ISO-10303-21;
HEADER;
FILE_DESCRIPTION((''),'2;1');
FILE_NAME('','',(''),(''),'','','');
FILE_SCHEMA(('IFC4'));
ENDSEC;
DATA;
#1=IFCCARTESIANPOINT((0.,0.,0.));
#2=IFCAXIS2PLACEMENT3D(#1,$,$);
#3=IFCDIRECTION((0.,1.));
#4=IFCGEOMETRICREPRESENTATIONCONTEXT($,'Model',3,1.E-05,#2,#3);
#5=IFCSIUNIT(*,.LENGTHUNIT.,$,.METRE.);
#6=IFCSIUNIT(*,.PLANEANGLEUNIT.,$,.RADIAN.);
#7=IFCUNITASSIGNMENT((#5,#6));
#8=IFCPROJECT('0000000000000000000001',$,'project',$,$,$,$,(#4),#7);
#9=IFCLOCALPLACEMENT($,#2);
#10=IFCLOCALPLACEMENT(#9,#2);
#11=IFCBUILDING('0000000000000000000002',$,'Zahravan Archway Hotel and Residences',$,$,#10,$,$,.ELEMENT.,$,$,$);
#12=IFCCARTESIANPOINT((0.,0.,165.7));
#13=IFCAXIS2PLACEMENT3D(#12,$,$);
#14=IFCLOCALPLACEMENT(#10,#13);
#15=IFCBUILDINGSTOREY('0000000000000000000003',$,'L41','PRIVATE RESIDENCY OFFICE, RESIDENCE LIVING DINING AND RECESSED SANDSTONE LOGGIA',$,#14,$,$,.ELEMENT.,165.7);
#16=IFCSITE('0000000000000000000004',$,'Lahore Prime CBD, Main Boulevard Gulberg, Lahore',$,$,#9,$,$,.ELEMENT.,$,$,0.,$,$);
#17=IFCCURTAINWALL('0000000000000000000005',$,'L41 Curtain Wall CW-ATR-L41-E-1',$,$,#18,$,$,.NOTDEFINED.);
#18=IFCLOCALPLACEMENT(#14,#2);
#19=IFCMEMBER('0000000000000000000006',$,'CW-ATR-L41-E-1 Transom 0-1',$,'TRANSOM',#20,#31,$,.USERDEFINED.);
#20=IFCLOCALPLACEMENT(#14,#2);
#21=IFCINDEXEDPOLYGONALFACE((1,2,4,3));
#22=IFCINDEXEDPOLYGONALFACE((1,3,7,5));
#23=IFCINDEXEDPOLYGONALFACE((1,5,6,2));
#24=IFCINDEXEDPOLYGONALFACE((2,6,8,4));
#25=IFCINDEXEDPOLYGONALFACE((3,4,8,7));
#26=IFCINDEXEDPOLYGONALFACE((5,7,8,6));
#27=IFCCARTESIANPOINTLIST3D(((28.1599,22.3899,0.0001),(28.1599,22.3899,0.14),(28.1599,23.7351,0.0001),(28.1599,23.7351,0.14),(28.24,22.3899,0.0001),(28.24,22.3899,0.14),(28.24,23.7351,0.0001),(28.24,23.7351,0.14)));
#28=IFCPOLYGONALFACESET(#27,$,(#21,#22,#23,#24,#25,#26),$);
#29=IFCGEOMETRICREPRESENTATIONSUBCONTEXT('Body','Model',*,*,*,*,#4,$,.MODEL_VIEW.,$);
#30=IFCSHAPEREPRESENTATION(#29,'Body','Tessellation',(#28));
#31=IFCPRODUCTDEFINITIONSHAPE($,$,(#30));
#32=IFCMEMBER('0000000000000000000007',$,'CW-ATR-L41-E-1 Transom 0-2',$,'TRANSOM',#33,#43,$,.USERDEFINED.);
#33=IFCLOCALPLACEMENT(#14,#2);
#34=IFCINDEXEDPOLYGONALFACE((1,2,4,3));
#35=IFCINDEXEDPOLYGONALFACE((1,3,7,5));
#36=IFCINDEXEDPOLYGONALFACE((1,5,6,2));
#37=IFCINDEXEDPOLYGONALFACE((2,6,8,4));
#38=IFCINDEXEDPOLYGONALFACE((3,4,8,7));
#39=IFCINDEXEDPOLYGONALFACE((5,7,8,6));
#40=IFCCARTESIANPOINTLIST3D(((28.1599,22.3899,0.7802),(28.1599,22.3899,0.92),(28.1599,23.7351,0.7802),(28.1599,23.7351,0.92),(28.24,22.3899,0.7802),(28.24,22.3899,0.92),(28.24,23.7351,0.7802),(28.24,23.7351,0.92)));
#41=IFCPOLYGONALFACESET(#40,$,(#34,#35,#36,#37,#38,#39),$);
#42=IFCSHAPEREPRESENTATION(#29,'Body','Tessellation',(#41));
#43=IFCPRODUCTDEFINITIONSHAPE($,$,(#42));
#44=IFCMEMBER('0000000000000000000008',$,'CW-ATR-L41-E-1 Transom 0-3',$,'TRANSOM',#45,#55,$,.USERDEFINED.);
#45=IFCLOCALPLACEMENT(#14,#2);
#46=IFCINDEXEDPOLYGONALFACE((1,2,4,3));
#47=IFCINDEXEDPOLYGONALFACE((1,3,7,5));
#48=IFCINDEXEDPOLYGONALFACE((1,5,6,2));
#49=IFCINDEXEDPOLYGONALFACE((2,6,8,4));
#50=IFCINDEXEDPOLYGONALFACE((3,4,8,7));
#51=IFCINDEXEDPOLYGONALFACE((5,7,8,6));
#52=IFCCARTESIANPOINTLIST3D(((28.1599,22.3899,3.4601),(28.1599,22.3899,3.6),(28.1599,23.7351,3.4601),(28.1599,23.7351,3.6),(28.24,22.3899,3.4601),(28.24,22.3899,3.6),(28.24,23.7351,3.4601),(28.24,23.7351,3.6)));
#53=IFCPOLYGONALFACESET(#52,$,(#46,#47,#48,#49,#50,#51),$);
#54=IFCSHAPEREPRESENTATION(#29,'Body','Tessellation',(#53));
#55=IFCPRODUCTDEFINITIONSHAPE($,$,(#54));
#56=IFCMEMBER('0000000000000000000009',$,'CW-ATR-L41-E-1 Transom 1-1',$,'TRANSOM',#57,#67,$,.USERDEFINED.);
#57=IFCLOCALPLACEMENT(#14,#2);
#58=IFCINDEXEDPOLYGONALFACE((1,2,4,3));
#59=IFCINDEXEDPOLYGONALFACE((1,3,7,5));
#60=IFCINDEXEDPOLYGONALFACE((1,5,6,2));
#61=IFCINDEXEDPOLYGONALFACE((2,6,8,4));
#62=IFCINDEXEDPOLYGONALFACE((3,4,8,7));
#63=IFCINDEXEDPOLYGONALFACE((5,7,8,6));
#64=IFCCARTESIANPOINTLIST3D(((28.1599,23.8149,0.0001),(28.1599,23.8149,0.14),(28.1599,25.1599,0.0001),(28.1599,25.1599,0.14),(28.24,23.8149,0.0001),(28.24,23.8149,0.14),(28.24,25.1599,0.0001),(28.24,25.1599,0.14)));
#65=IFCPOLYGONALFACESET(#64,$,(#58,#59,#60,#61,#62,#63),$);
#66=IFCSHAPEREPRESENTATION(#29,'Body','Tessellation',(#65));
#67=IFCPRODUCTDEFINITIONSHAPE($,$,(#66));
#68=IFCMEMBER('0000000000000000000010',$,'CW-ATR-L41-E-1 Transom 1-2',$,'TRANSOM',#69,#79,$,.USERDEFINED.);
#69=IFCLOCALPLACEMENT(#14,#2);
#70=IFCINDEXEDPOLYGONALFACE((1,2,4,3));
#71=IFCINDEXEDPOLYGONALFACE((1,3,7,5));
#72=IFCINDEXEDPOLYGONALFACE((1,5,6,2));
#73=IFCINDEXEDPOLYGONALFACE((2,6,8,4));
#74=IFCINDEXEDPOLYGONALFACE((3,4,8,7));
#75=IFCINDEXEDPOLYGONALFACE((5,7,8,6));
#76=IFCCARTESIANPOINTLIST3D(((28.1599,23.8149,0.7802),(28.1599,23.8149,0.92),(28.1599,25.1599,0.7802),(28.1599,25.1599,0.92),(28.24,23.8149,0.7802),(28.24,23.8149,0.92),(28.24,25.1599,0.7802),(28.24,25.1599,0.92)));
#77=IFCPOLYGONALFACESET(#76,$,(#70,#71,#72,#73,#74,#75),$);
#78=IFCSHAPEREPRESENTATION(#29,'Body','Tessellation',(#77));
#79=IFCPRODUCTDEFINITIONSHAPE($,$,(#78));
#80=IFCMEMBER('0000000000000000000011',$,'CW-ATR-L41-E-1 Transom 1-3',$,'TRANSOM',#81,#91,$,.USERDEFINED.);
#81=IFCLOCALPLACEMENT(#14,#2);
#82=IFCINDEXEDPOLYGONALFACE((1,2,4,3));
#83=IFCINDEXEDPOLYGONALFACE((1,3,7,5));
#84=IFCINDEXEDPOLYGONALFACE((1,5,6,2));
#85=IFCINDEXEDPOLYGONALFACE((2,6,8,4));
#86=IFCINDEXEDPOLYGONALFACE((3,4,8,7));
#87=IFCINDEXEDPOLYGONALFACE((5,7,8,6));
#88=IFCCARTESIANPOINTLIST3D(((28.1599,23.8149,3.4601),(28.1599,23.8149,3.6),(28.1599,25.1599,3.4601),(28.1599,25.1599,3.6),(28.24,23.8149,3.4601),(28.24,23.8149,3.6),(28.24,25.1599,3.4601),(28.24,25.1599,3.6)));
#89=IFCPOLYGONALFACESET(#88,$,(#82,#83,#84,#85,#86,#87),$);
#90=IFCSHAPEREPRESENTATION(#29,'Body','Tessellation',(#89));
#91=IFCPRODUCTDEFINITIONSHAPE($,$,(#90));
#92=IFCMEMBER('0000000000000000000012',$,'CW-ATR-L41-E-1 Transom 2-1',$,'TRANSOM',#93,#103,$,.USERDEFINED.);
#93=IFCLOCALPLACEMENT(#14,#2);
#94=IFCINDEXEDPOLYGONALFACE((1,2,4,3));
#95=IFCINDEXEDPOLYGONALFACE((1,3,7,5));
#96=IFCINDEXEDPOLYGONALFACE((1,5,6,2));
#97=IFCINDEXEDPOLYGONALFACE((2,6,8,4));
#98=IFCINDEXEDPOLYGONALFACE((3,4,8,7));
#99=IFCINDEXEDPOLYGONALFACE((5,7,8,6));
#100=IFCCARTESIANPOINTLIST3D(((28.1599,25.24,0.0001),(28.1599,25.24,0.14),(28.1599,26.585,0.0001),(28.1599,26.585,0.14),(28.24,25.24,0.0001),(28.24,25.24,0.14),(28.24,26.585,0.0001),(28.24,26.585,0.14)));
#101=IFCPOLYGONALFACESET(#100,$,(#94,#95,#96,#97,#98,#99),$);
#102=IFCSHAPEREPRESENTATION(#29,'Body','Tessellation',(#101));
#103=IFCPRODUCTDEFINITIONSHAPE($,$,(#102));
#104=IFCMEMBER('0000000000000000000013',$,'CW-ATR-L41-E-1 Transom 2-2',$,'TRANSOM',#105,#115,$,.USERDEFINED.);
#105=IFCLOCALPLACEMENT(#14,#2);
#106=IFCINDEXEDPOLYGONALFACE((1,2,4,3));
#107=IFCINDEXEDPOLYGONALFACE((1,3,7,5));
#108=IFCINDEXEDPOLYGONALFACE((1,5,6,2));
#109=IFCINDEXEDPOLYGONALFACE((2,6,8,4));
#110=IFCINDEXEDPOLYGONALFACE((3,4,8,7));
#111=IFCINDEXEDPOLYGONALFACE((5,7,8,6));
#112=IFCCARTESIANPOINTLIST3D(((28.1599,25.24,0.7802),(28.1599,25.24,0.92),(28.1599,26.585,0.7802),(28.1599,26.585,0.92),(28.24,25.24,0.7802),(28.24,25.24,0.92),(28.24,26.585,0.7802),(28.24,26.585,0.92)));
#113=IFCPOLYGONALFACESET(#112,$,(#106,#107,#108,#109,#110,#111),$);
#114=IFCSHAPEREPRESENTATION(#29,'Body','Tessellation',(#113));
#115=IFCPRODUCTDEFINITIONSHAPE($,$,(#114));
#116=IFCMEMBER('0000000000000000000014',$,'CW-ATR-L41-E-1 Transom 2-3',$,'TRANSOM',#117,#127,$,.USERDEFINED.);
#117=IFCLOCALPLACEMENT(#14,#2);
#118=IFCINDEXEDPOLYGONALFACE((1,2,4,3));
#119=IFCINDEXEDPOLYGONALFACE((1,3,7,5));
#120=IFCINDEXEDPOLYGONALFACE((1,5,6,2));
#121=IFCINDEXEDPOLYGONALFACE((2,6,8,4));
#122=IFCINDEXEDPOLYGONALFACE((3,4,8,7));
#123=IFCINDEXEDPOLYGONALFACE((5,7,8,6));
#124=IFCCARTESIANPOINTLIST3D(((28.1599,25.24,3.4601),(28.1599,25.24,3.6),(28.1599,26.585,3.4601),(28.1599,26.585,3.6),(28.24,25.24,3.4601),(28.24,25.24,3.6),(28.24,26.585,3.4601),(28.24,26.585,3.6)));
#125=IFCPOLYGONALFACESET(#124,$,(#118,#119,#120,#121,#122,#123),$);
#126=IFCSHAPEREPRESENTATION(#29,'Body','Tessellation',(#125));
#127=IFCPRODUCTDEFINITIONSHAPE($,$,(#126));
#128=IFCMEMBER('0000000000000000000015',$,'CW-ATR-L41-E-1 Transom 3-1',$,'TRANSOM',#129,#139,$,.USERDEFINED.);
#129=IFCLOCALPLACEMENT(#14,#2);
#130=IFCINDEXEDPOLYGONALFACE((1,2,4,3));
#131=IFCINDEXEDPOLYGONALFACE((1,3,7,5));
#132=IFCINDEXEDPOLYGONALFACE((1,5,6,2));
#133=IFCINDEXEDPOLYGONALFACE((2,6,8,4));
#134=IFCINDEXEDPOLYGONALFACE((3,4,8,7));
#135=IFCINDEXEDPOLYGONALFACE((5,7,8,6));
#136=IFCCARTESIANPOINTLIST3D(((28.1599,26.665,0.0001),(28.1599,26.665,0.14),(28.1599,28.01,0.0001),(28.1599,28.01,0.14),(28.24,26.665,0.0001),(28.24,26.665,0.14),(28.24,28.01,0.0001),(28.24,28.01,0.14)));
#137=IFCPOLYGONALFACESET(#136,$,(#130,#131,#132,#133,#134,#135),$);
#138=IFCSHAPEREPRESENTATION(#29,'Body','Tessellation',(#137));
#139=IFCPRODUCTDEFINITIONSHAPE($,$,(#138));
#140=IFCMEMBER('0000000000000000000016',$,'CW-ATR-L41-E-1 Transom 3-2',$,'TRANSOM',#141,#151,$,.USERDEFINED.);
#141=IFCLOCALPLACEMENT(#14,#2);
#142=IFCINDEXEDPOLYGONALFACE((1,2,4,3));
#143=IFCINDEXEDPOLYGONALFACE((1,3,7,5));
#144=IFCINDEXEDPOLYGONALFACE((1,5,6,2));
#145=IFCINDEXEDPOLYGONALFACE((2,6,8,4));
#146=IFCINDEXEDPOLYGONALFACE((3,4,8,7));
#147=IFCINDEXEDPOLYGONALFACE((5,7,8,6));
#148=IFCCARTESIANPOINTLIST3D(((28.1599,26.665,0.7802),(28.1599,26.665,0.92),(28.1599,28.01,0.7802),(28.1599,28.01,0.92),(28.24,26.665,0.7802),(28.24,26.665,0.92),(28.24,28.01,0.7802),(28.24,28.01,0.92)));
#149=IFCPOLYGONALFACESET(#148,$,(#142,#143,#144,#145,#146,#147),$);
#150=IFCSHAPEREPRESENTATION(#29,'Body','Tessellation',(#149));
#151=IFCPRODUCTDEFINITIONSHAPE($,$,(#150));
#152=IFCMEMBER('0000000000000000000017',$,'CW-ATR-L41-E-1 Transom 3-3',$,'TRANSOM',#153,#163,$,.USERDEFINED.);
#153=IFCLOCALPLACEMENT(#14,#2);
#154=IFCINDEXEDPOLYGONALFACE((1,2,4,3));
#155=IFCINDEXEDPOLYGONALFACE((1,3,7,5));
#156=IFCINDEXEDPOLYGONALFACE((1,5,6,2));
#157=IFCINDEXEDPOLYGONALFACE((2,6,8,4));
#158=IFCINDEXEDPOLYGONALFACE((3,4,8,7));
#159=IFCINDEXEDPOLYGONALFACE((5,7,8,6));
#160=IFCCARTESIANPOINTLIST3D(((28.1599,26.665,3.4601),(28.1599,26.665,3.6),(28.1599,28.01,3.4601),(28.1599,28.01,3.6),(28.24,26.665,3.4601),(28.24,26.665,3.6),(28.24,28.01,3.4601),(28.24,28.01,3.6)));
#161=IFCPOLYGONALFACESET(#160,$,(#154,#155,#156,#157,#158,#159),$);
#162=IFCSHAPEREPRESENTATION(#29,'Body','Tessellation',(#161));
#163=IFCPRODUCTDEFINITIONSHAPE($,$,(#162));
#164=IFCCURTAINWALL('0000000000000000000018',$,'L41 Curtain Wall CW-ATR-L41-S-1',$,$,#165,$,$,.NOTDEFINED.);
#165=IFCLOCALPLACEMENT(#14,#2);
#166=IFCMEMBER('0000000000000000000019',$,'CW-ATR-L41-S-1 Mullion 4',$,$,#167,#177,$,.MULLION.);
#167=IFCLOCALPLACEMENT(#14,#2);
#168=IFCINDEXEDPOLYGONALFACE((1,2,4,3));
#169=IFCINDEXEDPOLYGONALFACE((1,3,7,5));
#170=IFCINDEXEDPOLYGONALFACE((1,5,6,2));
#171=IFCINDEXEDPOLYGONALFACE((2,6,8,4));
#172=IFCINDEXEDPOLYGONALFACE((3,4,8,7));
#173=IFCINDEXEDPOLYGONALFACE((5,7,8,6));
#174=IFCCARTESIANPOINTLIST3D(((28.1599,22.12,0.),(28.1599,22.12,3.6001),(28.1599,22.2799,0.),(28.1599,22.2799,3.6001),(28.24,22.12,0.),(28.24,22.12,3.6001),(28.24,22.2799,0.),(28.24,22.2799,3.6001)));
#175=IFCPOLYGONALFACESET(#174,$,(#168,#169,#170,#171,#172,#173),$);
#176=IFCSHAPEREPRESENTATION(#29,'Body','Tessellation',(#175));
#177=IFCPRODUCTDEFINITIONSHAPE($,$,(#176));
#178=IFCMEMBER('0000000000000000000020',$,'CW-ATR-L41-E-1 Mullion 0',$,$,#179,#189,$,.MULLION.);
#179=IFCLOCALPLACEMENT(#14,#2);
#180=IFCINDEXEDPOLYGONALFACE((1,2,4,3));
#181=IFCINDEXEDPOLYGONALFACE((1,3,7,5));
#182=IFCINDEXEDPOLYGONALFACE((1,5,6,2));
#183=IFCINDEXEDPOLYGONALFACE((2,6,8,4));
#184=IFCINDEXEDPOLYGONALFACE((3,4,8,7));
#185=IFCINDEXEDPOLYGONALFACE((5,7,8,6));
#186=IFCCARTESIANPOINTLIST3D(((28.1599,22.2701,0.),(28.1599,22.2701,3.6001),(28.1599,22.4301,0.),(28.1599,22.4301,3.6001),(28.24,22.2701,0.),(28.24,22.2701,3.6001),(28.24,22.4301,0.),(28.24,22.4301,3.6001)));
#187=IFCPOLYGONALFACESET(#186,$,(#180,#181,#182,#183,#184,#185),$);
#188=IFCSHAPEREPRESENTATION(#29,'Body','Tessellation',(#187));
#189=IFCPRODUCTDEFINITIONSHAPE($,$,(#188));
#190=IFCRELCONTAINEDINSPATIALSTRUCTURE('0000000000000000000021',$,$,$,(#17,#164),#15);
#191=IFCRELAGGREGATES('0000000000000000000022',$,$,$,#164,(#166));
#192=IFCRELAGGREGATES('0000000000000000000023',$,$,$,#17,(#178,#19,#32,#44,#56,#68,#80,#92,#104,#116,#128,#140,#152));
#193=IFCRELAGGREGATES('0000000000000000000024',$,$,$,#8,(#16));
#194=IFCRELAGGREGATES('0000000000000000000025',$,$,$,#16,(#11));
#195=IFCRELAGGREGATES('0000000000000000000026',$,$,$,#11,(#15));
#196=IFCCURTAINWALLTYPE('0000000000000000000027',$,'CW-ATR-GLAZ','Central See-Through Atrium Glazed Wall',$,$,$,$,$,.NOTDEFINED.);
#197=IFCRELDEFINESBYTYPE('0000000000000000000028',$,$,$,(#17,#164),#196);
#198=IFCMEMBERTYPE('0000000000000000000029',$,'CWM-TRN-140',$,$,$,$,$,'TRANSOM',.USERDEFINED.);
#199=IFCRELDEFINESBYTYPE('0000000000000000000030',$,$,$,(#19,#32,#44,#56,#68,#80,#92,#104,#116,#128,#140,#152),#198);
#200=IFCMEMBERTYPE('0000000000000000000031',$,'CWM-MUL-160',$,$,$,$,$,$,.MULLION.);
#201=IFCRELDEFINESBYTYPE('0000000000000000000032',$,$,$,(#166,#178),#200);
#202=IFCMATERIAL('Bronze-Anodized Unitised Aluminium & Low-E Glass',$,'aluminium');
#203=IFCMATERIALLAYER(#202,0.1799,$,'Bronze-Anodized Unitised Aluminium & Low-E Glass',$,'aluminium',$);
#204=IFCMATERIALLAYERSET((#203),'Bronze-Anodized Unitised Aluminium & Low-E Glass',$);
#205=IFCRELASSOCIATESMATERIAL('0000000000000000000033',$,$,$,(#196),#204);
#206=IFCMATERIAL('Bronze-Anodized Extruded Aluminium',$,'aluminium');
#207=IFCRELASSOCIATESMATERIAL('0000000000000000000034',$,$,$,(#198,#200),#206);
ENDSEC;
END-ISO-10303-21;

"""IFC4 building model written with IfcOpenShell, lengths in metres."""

from ifc_helpers import new_model, si_unit, direction, frame, origin, origin_2d, place, context, subcontext, project, spatial, rectangle, extrude, source, transform, mapped, material, layer, layer_set, material_profile, profile_set, type_object, element, aggregate, save


model = new_model("IFC4")

# Units and contexts
model_context = context("Model", 3, precision=1e-05, world=origin(), true_north=direction((0.0, 1.0)))
body_context = subcontext(model_context, "Body", "Model", "MODEL_VIEW")
ifc_project = project(units=[si_unit("LENGTHUNIT", "METRE"), si_unit("PLANEANGLEUNIT", "RADIAN")], contexts=[model_context])

# Site, building, storey
site_placement = place(None, origin())
site = spatial("IfcSite", under=ifc_project, at=site_placement, Name="Lahore Prime CBD, Main Boulevard Gulberg, Lahore", CompositionType="ELEMENT", RefElevation=0.0)
building_placement = place(site_placement, origin())
building = spatial("IfcBuilding", under=site, at=building_placement, Name="Zahravan Archway Hotel and Residences", CompositionType="ELEMENT")
storey_placement = place(building_placement, frame((0.0, 0.0, 165.7)))
storey = spatial("IfcBuildingStorey", under=building, at=storey_placement, Name="L41", Description="PRIVATE RESIDENCY OFFICE, RESIDENCE LIVING DINING AND RECESSED SANDSTONE LOGGIA", CompositionType="ELEMENT", Elevation=165.7)

# Curtain wall, members
ifc_material_1 = material(Name="Bronze-Anodized Unitised Aluminium & Low-E Glass", Category="aluminium")
ifc_layer_1 = layer(ifc_material_1, 0.1799, Name="Bronze-Anodized Unitised Aluminium & Low-E Glass", Category="aluminium")
ifc_layer_set_1 = layer_set([ifc_layer_1], Name="Bronze-Anodized Unitised Aluminium & Low-E Glass")
curtain_wall_type = type_object("IfcCurtainWallType", Name="CW-ATR-GLAZ", Description="Central See-Through Atrium Glazed Wall", PredefinedType="NOTDEFINED", material=ifc_layer_set_1)
curtain_wall_1_placement = place(storey_placement, origin())
curtain_wall_1 = element("IfcCurtainWall", 1, at=curtain_wall_1_placement, inside=storey, type_object=curtain_wall_type, Name="L41 Curtain Wall CW-ATR-L41-E-1", PredefinedType="NOTDEFINED")
ifc_material_2 = material(Name="Bronze-Anodized Extruded Aluminium", Category="aluminium")
ifc_material_profile_1 = material_profile(ifc_material_2, rectangle(XDim=0.0801, YDim=0.1399, at=origin_2d()), Name="TRN 80x140", Category="aluminium")
ifc_profile_set_1 = profile_set([ifc_material_profile_1], Name="Bronze-Anodized Extruded Aluminium")
member_type_1 = type_object("IfcMemberType", Name="CWM-TRN-140", ElementType="TRANSOM", PredefinedType="USERDEFINED", material=ifc_profile_set_1)
shared_shape_1 = source(origin(), body_context, "Body", "SweptSolid", [
    extrude(rectangle(XDim=0.0801, YDim=0.1399, at=origin_2d()), origin(), (0.0, 0.0, 1.0), 1.3452),
])
member_1_placement = place(storey_placement, frame((28.2, 22.3899, 0.0701), z_axis=(0.0, 1.0, 0.0), x_axis=(-1.0, 0.0, 0.0)))
member_1 = element("IfcMember", 2, at=member_1_placement, type_object=member_type_1, Name="CW-ATR-L41-E-1 Transom 0-1", ObjectType="TRANSOM", PredefinedType="USERDEFINED", context=body_context, shape_type="MappedRepresentation", body=[
    mapped(shared_shape_1, transform((0.0, 0.0, 0.0), scale=1.0)),
])
member_2_placement = place(storey_placement, frame((28.2, 22.3899, 0.8501), z_axis=(0.0, 1.0, 0.0), x_axis=(-1.0, 0.0, 0.0)))
member_2 = element("IfcMember", 3, at=member_2_placement, type_object=member_type_1, Name="CW-ATR-L41-E-1 Transom 0-2", ObjectType="TRANSOM", PredefinedType="USERDEFINED", context=body_context, shape_type="MappedRepresentation", body=[
    mapped(shared_shape_1, transform((0.0, 0.0, 0.0), scale=1.0)),
])
member_3_placement = place(storey_placement, frame((28.2, 22.3899, 3.53), z_axis=(0.0, 1.0, 0.0), x_axis=(-1.0, 0.0, 0.0)))
member_3 = element("IfcMember", 4, at=member_3_placement, type_object=member_type_1, Name="CW-ATR-L41-E-1 Transom 0-3", ObjectType="TRANSOM", PredefinedType="USERDEFINED", context=body_context, shape_type="MappedRepresentation", body=[
    mapped(shared_shape_1, transform((0.0, 0.0, 0.0), scale=1.0)),
])
shared_shape_2 = source(origin(), body_context, "Body", "SweptSolid", [
    extrude(rectangle(XDim=0.0801, YDim=0.1399, at=origin_2d()), origin(), (0.0, 0.0, 1.0), 1.345),
])
member_4_placement = place(storey_placement, frame((28.2, 23.8149, 0.0701), z_axis=(0.0, 1.0, 0.0), x_axis=(-1.0, 0.0, 0.0)))
member_4 = element("IfcMember", 5, at=member_4_placement, type_object=member_type_1, Name="CW-ATR-L41-E-1 Transom 1-1", ObjectType="TRANSOM", PredefinedType="USERDEFINED", context=body_context, shape_type="MappedRepresentation", body=[
    mapped(shared_shape_2, transform((0.0, 0.0, 0.0), scale=1.0)),
])
member_5_placement = place(storey_placement, frame((28.2, 23.8149, 0.8501), z_axis=(0.0, 1.0, 0.0), x_axis=(-1.0, 0.0, 0.0)))
member_5 = element("IfcMember", 6, at=member_5_placement, type_object=member_type_1, Name="CW-ATR-L41-E-1 Transom 1-2", ObjectType="TRANSOM", PredefinedType="USERDEFINED", context=body_context, shape_type="MappedRepresentation", body=[
    mapped(shared_shape_2, transform((0.0, 0.0, 0.0), scale=1.0)),
])
member_6_placement = place(storey_placement, frame((28.2, 23.8149, 3.53), z_axis=(0.0, 1.0, 0.0), x_axis=(-1.0, 0.0, 0.0)))
member_6 = element("IfcMember", 7, at=member_6_placement, type_object=member_type_1, Name="CW-ATR-L41-E-1 Transom 1-3", ObjectType="TRANSOM", PredefinedType="USERDEFINED", context=body_context, shape_type="MappedRepresentation", body=[
    mapped(shared_shape_2, transform((0.0, 0.0, 0.0), scale=1.0)),
])
member_7_placement = place(storey_placement, frame((28.2, 25.24, 0.0701), z_axis=(0.0, 1.0, 0.0), x_axis=(-1.0, 0.0, 0.0)))
member_7 = element("IfcMember", 8, at=member_7_placement, type_object=member_type_1, Name="CW-ATR-L41-E-1 Transom 2-1", ObjectType="TRANSOM", PredefinedType="USERDEFINED", context=body_context, shape_type="MappedRepresentation", body=[
    mapped(shared_shape_2, transform((0.0, 0.0, 0.0), scale=1.0)),
])
member_8_placement = place(storey_placement, frame((28.2, 25.24, 0.8501), z_axis=(0.0, 1.0, 0.0), x_axis=(-1.0, 0.0, 0.0)))
member_8 = element("IfcMember", 9, at=member_8_placement, type_object=member_type_1, Name="CW-ATR-L41-E-1 Transom 2-2", ObjectType="TRANSOM", PredefinedType="USERDEFINED", context=body_context, shape_type="MappedRepresentation", body=[
    mapped(shared_shape_2, transform((0.0, 0.0, 0.0), scale=1.0)),
])
member_9_placement = place(storey_placement, frame((28.2, 25.24, 3.53), z_axis=(0.0, 1.0, 0.0), x_axis=(-1.0, 0.0, 0.0)))
member_9 = element("IfcMember", 10, at=member_9_placement, type_object=member_type_1, Name="CW-ATR-L41-E-1 Transom 2-3", ObjectType="TRANSOM", PredefinedType="USERDEFINED", context=body_context, shape_type="MappedRepresentation", body=[
    mapped(shared_shape_2, transform((0.0, 0.0, 0.0), scale=1.0)),
])
member_10_placement = place(storey_placement, frame((28.2, 26.665, 0.0701), z_axis=(0.0, 1.0, 0.0), x_axis=(-1.0, 0.0, 0.0)))
member_10 = element("IfcMember", 11, at=member_10_placement, type_object=member_type_1, Name="CW-ATR-L41-E-1 Transom 3-1", ObjectType="TRANSOM", PredefinedType="USERDEFINED", context=body_context, shape_type="MappedRepresentation", body=[
    mapped(shared_shape_2, transform((0.0, 0.0, 0.0), scale=1.0)),
])
member_11_placement = place(storey_placement, frame((28.2, 26.665, 0.8501), z_axis=(0.0, 1.0, 0.0), x_axis=(-1.0, 0.0, 0.0)))
member_11 = element("IfcMember", 12, at=member_11_placement, type_object=member_type_1, Name="CW-ATR-L41-E-1 Transom 3-2", ObjectType="TRANSOM", PredefinedType="USERDEFINED", context=body_context, shape_type="MappedRepresentation", body=[
    mapped(shared_shape_2, transform((0.0, 0.0, 0.0), scale=1.0)),
])
member_12_placement = place(storey_placement, frame((28.2, 26.665, 3.53), z_axis=(0.0, 1.0, 0.0), x_axis=(-1.0, 0.0, 0.0)))
member_12 = element("IfcMember", 13, at=member_12_placement, type_object=member_type_1, Name="CW-ATR-L41-E-1 Transom 3-3", ObjectType="TRANSOM", PredefinedType="USERDEFINED", context=body_context, shape_type="MappedRepresentation", body=[
    mapped(shared_shape_2, transform((0.0, 0.0, 0.0), scale=1.0)),
])

# Curtain wall, member
curtain_wall_2_placement = place(storey_placement, origin())
curtain_wall_2 = element("IfcCurtainWall", 14, at=curtain_wall_2_placement, inside=storey, type_object=curtain_wall_type, Name="L41 Curtain Wall CW-ATR-L41-S-1", PredefinedType="NOTDEFINED")
ifc_material_profile_2 = material_profile(ifc_material_2, rectangle(XDim=0.0801, YDim=0.1599, at=origin_2d()), Name="MUL 80x160", Category="aluminium")
ifc_profile_set_2 = profile_set([ifc_material_profile_2], Name="Bronze-Anodized Extruded Aluminium")
member_type_2 = type_object("IfcMemberType", Name="CWM-MUL-160", PredefinedType="MULLION", material=ifc_profile_set_2)
shared_shape_3 = source(origin(), body_context, "Body", "SweptSolid", [
    extrude(rectangle(XDim=0.0801, YDim=0.1599, at=origin_2d()), origin(), (0.0, 0.0, 1.0), 3.6001),
])
member_13_placement = place(storey_placement, frame((28.2, 22.2, 0.0), z_axis=(0.0, 0.0, 1.0), x_axis=(1.0, 0.0, 0.0)))
member_13 = element("IfcMember", 15, at=member_13_placement, type_object=member_type_2, Name="CW-ATR-L41-S-1 Mullion 4", PredefinedType="MULLION", context=body_context, shape_type="MappedRepresentation", body=[
    mapped(shared_shape_3, transform((0.0, 0.0, 0.0), scale=1.0)),
])

# Member
member_14_placement = place(storey_placement, frame((28.2, 22.3501, 0.0), z_axis=(0.0, 0.0, 1.0), x_axis=(1.0, 0.0, 0.0)))
member_14 = element("IfcMember", 16, at=member_14_placement, type_object=member_type_2, Name="CW-ATR-L41-E-1 Mullion 0", PredefinedType="MULLION", context=body_context, shape_type="MappedRepresentation", body=[
    mapped(shared_shape_3, transform((0.0, 0.0, 0.0), scale=1.0)),
])

aggregate(curtain_wall_2, [member_13])
aggregate(curtain_wall_1, [member_14, member_1, member_2, member_3, member_4, member_5, member_6, member_7, member_8, member_9, member_10, member_11, member_12])

save(model, "model.ifc")
